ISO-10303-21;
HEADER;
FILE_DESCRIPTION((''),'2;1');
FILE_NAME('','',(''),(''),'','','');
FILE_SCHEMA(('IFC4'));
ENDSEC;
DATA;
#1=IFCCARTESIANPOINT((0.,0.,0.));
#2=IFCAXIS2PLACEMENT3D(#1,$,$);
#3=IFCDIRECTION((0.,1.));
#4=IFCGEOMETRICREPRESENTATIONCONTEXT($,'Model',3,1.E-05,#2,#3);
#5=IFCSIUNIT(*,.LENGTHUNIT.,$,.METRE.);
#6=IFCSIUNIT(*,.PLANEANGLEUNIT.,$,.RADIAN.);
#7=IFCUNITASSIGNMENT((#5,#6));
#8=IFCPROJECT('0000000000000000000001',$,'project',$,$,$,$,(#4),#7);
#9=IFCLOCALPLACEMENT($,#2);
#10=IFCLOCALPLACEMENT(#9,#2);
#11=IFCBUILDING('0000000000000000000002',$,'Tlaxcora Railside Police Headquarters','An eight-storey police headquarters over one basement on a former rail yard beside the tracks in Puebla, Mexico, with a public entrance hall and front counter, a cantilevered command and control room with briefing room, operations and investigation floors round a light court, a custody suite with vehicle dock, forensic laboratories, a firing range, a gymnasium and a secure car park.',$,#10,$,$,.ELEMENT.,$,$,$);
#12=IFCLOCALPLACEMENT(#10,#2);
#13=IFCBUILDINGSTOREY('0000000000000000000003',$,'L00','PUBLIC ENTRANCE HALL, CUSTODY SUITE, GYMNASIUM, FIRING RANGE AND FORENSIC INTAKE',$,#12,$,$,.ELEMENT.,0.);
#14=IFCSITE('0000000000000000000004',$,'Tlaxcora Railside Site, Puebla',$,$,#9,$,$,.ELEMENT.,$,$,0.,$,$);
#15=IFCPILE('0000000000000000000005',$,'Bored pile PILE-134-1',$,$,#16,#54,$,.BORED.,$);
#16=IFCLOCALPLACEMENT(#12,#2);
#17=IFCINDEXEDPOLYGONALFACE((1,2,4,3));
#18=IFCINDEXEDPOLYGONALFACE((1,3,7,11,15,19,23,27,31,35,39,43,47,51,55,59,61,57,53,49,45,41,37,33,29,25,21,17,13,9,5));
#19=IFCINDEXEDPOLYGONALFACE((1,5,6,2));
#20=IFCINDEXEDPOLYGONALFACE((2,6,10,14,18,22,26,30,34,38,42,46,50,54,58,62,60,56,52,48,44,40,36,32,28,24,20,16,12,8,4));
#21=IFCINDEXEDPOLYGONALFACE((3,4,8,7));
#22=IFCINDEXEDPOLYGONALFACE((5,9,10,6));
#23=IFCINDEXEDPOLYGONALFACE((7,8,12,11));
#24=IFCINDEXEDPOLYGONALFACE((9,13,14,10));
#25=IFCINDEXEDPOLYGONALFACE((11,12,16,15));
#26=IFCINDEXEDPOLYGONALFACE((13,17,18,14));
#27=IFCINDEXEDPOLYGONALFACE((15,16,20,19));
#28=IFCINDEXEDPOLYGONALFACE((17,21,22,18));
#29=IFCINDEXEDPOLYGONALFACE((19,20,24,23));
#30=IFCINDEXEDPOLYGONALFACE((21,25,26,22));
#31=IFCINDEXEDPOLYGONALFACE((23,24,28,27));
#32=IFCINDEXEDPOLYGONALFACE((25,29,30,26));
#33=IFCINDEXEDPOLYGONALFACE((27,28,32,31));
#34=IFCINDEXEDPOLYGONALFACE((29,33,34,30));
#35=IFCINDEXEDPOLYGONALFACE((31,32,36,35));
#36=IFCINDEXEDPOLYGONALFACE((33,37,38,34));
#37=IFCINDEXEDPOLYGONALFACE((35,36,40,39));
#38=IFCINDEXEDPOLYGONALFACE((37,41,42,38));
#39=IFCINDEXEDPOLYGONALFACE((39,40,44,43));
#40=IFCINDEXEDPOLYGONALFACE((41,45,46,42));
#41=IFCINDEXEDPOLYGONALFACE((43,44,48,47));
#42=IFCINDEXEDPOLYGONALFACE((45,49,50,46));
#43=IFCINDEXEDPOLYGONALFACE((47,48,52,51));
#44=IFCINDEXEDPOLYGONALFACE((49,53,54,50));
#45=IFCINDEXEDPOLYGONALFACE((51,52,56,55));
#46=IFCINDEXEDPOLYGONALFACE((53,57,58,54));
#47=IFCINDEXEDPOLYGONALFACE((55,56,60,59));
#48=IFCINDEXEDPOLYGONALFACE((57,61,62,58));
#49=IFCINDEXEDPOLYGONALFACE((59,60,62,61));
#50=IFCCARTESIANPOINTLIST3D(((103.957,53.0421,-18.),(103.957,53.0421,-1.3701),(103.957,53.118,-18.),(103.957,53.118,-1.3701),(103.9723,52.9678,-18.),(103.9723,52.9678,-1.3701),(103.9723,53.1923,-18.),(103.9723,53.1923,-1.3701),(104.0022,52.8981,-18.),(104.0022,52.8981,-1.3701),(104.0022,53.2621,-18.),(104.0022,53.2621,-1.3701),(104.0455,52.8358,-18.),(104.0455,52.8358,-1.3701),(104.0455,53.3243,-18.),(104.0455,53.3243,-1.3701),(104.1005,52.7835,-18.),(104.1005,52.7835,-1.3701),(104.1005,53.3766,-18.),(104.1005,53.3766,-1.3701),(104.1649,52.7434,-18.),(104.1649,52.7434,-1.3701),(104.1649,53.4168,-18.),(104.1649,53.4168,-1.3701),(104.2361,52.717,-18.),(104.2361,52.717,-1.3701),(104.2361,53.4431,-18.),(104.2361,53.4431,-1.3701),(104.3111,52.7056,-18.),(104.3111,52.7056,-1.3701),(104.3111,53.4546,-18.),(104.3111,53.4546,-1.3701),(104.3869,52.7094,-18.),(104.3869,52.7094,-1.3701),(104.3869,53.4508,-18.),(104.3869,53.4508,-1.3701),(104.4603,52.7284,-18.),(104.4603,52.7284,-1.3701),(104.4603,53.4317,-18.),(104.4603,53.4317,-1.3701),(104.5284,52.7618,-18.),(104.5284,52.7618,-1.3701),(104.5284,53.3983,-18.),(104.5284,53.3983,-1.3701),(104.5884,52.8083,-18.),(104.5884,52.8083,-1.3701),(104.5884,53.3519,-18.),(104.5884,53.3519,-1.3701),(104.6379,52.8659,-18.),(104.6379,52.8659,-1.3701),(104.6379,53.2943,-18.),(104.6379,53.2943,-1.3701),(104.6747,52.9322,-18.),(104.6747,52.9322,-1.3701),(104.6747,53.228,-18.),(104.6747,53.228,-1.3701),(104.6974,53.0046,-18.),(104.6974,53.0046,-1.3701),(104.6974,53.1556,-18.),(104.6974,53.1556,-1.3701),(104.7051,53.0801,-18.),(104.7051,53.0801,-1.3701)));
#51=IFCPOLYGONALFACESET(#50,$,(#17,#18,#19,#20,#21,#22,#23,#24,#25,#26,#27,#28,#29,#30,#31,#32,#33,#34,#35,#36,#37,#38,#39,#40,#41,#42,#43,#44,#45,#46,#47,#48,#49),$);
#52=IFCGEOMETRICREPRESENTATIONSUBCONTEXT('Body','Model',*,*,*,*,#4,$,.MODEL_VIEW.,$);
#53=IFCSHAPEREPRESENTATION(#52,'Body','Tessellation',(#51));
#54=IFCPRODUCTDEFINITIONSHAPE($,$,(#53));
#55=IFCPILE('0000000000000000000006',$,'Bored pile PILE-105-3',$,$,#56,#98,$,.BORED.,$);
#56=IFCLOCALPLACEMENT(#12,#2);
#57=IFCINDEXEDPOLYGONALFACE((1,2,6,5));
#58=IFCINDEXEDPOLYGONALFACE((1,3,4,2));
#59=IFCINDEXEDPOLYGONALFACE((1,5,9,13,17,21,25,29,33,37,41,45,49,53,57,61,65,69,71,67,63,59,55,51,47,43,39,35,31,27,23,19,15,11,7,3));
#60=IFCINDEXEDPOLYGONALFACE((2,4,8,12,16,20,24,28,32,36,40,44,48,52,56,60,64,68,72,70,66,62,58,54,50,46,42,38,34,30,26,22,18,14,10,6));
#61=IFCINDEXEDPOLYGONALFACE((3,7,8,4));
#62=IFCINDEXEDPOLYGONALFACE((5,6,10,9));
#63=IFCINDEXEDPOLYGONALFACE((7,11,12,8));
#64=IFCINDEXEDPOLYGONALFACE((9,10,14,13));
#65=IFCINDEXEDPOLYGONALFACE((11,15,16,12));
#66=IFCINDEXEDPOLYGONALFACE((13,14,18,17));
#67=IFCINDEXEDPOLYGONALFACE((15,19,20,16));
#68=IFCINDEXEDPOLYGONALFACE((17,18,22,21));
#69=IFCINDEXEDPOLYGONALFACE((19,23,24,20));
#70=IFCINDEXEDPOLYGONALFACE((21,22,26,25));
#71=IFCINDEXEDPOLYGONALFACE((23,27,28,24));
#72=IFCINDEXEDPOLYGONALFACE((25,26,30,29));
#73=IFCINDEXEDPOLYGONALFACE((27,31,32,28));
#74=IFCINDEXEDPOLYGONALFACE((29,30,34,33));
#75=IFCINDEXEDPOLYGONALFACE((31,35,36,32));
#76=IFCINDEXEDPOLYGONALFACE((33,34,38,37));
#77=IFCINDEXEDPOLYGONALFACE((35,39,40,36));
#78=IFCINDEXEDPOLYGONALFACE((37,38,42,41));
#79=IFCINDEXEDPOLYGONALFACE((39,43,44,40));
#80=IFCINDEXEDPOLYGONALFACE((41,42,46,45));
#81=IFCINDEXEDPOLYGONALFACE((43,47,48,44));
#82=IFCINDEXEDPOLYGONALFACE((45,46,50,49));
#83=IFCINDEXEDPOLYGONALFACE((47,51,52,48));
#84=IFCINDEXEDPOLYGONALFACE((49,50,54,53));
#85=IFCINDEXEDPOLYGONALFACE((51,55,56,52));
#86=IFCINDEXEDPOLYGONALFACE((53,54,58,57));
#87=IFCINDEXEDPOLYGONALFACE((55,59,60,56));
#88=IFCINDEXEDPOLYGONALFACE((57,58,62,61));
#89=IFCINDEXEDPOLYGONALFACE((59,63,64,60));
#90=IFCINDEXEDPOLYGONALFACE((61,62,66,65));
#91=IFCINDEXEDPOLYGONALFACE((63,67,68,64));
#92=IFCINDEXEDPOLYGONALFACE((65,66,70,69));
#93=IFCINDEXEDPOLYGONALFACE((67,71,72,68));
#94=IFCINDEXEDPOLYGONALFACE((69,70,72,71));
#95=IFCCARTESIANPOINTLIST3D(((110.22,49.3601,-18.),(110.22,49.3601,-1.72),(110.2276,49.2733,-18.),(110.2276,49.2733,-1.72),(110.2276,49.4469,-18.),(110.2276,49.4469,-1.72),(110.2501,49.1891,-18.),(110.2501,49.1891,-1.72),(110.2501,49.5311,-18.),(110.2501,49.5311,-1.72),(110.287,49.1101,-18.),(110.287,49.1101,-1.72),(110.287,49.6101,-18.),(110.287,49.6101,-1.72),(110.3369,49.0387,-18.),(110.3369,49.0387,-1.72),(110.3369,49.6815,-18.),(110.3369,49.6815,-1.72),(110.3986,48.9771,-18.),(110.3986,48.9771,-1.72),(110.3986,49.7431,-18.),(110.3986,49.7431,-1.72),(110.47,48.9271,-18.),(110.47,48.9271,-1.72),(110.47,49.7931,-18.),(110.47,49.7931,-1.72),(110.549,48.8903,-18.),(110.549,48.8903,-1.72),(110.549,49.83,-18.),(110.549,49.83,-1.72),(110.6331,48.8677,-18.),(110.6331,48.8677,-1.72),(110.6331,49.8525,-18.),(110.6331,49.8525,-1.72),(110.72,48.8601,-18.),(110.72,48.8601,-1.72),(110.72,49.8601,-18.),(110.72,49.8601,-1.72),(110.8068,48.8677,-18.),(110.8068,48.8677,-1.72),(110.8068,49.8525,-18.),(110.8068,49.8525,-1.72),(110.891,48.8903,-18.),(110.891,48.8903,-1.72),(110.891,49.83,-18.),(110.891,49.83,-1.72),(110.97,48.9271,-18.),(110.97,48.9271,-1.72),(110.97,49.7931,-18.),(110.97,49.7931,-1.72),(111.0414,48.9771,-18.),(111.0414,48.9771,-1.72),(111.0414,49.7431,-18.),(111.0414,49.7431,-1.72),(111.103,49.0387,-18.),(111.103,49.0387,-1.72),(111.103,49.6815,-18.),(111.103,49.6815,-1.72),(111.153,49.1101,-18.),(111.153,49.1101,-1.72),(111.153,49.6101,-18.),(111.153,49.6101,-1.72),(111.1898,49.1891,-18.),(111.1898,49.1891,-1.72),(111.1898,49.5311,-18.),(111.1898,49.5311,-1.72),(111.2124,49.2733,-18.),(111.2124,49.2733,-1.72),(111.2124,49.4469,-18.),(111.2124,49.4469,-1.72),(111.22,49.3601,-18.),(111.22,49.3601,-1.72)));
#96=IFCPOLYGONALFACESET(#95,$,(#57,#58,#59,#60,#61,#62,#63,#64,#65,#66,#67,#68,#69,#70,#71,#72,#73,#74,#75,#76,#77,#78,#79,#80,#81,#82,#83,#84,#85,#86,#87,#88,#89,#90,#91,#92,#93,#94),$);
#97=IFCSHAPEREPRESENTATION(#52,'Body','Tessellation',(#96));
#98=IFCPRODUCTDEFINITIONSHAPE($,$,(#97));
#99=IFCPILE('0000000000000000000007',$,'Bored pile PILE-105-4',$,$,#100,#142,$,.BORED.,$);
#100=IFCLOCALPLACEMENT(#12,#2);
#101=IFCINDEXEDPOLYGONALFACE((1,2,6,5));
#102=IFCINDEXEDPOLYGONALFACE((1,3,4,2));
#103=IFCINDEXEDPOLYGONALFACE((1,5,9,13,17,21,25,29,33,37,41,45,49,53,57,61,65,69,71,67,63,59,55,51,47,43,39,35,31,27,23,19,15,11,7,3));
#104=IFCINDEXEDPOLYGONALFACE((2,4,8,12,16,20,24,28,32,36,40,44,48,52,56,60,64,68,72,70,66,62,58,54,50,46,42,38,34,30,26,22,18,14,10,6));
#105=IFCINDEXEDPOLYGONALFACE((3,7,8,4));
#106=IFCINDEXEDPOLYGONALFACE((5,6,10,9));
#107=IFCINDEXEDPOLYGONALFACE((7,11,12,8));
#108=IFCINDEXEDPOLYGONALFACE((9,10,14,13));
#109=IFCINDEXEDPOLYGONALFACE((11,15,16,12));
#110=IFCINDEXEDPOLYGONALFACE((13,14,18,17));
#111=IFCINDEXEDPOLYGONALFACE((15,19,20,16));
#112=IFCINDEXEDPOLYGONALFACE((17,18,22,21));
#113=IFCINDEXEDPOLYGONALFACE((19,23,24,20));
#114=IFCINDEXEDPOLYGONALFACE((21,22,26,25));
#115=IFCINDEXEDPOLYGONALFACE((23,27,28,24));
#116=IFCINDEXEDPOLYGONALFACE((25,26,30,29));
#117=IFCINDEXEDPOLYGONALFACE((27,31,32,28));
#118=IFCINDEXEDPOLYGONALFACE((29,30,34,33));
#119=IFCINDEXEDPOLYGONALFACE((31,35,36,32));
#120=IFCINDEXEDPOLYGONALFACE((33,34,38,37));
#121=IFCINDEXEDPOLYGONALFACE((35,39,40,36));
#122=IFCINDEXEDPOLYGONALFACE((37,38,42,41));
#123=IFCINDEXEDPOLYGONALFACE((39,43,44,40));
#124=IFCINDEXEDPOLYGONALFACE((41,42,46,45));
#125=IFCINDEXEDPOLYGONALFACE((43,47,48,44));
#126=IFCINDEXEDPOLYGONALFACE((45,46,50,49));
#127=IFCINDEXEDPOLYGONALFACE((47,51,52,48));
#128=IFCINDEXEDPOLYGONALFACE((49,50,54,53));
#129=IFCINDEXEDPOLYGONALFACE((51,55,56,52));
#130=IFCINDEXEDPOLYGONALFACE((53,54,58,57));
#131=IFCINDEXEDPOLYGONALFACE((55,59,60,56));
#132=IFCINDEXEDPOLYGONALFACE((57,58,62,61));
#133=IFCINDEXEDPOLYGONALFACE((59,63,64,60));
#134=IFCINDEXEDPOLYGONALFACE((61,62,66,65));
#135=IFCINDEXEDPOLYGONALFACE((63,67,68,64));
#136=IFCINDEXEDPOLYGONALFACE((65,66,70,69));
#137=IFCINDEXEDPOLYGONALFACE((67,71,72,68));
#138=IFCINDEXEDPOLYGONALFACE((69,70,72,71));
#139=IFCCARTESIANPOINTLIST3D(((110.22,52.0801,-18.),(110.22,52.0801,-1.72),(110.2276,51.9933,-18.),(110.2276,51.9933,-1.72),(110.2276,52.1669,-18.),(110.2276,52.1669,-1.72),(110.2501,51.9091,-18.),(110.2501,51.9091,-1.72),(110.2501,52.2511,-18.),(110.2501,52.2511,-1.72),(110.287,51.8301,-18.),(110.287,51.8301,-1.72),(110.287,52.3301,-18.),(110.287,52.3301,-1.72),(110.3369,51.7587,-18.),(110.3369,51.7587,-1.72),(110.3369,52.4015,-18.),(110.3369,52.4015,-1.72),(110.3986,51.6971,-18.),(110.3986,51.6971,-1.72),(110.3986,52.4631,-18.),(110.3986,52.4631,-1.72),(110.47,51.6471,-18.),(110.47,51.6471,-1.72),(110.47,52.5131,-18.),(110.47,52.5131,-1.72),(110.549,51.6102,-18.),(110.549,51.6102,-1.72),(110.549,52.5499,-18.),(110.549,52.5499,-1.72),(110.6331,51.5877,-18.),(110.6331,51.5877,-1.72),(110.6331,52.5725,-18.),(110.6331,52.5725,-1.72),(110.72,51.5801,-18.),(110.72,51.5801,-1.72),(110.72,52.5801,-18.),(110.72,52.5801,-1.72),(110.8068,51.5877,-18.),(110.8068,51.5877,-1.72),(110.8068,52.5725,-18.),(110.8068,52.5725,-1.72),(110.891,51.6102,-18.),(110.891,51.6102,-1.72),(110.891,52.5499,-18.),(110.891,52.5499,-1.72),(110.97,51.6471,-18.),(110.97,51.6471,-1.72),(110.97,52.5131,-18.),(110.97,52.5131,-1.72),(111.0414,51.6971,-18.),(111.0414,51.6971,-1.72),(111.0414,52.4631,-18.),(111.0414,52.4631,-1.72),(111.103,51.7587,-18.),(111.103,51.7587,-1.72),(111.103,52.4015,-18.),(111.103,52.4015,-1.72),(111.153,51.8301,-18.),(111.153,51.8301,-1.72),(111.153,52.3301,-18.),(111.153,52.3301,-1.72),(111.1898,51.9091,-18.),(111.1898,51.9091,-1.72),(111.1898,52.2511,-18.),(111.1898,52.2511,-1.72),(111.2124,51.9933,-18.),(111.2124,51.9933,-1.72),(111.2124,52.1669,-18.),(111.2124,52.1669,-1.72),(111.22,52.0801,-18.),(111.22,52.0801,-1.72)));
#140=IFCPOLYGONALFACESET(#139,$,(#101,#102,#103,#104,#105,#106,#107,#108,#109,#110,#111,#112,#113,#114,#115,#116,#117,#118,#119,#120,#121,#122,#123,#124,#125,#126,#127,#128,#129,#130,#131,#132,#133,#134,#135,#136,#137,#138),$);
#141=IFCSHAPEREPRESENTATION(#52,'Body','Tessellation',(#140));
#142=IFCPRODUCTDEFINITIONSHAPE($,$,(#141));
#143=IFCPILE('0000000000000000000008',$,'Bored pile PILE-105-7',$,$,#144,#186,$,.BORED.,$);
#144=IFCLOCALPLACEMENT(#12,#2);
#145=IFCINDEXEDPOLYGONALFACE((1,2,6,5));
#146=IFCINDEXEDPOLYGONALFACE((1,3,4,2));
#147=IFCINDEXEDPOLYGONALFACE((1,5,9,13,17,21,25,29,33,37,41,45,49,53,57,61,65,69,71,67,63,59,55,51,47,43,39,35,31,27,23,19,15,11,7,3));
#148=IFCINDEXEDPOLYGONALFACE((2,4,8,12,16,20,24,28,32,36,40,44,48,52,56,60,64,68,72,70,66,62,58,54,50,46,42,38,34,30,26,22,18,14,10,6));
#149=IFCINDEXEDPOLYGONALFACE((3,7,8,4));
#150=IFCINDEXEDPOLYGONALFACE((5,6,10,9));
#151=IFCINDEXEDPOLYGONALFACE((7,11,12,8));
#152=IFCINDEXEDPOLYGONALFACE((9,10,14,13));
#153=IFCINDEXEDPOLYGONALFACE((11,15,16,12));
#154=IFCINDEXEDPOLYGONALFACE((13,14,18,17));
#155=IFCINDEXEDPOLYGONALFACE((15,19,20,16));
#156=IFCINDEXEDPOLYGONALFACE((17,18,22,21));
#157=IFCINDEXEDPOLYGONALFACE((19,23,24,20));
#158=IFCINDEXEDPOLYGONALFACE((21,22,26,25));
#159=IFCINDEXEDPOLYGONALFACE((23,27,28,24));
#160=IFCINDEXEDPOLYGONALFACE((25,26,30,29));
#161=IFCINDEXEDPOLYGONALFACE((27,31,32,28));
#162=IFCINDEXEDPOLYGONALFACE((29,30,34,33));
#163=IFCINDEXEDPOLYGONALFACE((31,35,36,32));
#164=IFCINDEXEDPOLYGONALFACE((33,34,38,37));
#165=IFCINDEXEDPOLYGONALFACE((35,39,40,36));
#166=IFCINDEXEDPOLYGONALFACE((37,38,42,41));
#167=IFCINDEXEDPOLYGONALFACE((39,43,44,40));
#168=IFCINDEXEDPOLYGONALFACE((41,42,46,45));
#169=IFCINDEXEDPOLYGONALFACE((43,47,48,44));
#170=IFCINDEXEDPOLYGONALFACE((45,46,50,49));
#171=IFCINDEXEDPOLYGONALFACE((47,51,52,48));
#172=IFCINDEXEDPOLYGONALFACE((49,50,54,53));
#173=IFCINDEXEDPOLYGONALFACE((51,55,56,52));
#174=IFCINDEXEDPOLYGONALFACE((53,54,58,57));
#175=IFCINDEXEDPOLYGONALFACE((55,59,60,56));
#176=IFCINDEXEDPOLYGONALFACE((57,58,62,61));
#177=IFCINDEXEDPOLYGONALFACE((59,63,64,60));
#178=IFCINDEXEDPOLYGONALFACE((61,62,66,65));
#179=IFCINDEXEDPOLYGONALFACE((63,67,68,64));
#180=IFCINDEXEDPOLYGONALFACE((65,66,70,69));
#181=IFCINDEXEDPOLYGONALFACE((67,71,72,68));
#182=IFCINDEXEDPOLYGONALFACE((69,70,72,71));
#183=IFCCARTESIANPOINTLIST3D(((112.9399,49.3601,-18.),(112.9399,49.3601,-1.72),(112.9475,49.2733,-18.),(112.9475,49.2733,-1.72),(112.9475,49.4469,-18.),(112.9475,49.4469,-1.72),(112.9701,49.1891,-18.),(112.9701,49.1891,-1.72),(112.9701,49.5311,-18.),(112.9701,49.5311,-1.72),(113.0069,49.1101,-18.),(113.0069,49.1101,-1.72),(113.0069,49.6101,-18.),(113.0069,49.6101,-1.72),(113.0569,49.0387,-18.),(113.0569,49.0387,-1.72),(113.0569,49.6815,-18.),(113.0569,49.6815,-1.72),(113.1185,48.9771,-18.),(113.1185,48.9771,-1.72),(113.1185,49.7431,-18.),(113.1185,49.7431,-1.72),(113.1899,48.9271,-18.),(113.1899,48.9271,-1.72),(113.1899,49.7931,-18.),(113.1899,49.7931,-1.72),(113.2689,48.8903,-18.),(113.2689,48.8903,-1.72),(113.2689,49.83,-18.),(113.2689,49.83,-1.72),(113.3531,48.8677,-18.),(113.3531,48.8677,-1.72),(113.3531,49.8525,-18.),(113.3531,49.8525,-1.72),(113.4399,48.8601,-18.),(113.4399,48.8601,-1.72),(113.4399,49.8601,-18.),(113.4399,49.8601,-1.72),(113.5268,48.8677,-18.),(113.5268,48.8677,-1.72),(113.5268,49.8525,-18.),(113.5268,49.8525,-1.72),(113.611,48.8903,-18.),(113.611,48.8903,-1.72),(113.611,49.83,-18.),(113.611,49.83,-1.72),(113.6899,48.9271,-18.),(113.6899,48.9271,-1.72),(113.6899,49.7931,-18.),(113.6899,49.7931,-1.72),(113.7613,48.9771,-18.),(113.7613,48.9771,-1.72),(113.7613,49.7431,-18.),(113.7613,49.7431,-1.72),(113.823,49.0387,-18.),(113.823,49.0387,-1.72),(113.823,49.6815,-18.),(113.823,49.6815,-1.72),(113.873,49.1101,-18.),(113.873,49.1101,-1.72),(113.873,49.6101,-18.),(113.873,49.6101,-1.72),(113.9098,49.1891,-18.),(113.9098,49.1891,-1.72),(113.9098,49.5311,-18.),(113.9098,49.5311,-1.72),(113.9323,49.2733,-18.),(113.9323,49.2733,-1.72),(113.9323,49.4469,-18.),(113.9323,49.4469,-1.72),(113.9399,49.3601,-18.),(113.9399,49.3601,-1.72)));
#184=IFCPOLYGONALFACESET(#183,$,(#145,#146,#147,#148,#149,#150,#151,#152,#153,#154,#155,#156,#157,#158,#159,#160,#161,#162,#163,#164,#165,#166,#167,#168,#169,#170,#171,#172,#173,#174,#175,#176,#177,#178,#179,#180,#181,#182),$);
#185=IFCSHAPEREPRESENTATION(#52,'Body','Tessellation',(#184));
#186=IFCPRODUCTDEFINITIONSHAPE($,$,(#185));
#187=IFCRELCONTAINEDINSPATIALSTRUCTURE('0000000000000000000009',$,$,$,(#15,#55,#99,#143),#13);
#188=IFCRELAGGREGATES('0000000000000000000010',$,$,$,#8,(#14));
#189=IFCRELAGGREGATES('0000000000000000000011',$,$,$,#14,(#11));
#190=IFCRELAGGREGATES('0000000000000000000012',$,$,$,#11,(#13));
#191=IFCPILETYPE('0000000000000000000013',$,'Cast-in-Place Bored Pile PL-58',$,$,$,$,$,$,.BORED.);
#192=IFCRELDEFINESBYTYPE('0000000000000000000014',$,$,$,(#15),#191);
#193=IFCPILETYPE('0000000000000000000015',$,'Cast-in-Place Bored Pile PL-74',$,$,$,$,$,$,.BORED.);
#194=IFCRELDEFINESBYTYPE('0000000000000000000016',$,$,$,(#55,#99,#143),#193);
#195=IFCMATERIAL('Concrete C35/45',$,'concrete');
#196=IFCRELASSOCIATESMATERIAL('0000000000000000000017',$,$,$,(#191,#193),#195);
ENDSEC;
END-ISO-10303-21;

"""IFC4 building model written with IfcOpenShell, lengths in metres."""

from ifc_helpers import new_model, si_unit, direction, frame, origin, origin_2d, place, context, subcontext, project, spatial, circle, extrude, material, material_profile, profile_set, type_object, element, save


model = new_model("IFC4")

# Units and contexts
model_context = context("Model", 3, precision=1e-05, world=origin(), true_north=direction((0.0, 1.0)))
body_context = subcontext(model_context, "Body", "Model", "MODEL_VIEW")
ifc_project = project(units=[si_unit("LENGTHUNIT", "METRE"), si_unit("PLANEANGLEUNIT", "RADIAN")], contexts=[model_context])

# Site, building, storey
site_placement = place(None, origin())
site = spatial("IfcSite", under=ifc_project, at=site_placement, Name="Tlaxcora Railside Site, Puebla", CompositionType="ELEMENT", RefElevation=0.0)
building_placement = place(site_placement, origin())
building = spatial("IfcBuilding", under=site, at=building_placement, Name="Tlaxcora Railside Police Headquarters", Description="An eight-storey police headquarters over one basement on a former rail yard beside the tracks in Puebla, Mexico, with a public entrance hall and front counter, a cantilevered command and control room with briefing room, operations and investigation floors round a light court, a custody suite with vehicle dock, forensic laboratories, a firing range, a gymnasium and a secure car park.", CompositionType="ELEMENT")
storey_placement = place(building_placement, origin())
storey = spatial("IfcBuildingStorey", under=building, at=storey_placement, Name="L00", Description="PUBLIC ENTRANCE HALL, CUSTODY SUITE, GYMNASIUM, FIRING RANGE AND FORENSIC INTAKE", CompositionType="ELEMENT", Elevation=0.0)

# Piles
ifc_material_1 = material(Name="Concrete C35/45", Category="concrete")
ifc_material_profile_1 = material_profile(ifc_material_1, circle(Radius=0.375, at=origin_2d()), Name="PILE750")
ifc_profile_set_1 = profile_set([ifc_material_profile_1], Name="Concrete C35/45")
pile_type_1 = type_object("IfcPileType", Name="Cast-in-Place Bored Pile PL-58", PredefinedType="BORED", material=ifc_profile_set_1)
pile_placement = place(storey_placement, frame((104.3301, 53.0801, -1.3701), z_axis=(0.0, 0.0, -1.0), x_axis=(1.0, 0.0, 0.0)))
element("IfcPile", 1, at=pile_placement, inside=storey, type_object=pile_type_1, Name="Bored pile PILE-134-1", PredefinedType="BORED", context=body_context, shape_type="SweptSolid", body=[
    extrude(circle(Radius=0.375, at=origin_2d()), origin(), (0.0, 0.0, 1.0), 16.6299),
])
ifc_material_profile_2 = material_profile(ifc_material_1, circle(Radius=0.5, at=origin_2d()), Name="PILE1000")
ifc_profile_set_2 = profile_set([ifc_material_profile_2], Name="Concrete C35/45")
pile_type_2 = type_object("IfcPileType", Name="Cast-in-Place Bored Pile PL-74", PredefinedType="BORED", material=ifc_profile_set_2)
for number, where, z_axis, x_axis, name in (
    (2, (110.72, 49.3601, -1.72), (0.0, 0.0, -1.0), (1.0, 0.0, 0.0), "Bored pile PILE-105-3"),
    (3, (110.72, 52.0801, -1.72), (0.0, 0.0, -1.0), (1.0, 0.0, 0.0), "Bored pile PILE-105-4"),
    (4, (113.4399, 49.3601, -1.72), (0.0, 0.0, -1.0), (1.0, 0.0, 0.0), "Bored pile PILE-105-7"),
):
    element("IfcPile", number, at=place(storey_placement, frame(where, z_axis=z_axis, x_axis=x_axis)), inside=storey, type_object=pile_type_2, Name=name, PredefinedType="BORED", context=body_context, shape_type="SweptSolid", body=[
        extrude(circle(Radius=0.5, at=origin_2d()), origin(), (0.0, 0.0, 1.0), 16.28),
    ])

save(model, "model.ifc")
